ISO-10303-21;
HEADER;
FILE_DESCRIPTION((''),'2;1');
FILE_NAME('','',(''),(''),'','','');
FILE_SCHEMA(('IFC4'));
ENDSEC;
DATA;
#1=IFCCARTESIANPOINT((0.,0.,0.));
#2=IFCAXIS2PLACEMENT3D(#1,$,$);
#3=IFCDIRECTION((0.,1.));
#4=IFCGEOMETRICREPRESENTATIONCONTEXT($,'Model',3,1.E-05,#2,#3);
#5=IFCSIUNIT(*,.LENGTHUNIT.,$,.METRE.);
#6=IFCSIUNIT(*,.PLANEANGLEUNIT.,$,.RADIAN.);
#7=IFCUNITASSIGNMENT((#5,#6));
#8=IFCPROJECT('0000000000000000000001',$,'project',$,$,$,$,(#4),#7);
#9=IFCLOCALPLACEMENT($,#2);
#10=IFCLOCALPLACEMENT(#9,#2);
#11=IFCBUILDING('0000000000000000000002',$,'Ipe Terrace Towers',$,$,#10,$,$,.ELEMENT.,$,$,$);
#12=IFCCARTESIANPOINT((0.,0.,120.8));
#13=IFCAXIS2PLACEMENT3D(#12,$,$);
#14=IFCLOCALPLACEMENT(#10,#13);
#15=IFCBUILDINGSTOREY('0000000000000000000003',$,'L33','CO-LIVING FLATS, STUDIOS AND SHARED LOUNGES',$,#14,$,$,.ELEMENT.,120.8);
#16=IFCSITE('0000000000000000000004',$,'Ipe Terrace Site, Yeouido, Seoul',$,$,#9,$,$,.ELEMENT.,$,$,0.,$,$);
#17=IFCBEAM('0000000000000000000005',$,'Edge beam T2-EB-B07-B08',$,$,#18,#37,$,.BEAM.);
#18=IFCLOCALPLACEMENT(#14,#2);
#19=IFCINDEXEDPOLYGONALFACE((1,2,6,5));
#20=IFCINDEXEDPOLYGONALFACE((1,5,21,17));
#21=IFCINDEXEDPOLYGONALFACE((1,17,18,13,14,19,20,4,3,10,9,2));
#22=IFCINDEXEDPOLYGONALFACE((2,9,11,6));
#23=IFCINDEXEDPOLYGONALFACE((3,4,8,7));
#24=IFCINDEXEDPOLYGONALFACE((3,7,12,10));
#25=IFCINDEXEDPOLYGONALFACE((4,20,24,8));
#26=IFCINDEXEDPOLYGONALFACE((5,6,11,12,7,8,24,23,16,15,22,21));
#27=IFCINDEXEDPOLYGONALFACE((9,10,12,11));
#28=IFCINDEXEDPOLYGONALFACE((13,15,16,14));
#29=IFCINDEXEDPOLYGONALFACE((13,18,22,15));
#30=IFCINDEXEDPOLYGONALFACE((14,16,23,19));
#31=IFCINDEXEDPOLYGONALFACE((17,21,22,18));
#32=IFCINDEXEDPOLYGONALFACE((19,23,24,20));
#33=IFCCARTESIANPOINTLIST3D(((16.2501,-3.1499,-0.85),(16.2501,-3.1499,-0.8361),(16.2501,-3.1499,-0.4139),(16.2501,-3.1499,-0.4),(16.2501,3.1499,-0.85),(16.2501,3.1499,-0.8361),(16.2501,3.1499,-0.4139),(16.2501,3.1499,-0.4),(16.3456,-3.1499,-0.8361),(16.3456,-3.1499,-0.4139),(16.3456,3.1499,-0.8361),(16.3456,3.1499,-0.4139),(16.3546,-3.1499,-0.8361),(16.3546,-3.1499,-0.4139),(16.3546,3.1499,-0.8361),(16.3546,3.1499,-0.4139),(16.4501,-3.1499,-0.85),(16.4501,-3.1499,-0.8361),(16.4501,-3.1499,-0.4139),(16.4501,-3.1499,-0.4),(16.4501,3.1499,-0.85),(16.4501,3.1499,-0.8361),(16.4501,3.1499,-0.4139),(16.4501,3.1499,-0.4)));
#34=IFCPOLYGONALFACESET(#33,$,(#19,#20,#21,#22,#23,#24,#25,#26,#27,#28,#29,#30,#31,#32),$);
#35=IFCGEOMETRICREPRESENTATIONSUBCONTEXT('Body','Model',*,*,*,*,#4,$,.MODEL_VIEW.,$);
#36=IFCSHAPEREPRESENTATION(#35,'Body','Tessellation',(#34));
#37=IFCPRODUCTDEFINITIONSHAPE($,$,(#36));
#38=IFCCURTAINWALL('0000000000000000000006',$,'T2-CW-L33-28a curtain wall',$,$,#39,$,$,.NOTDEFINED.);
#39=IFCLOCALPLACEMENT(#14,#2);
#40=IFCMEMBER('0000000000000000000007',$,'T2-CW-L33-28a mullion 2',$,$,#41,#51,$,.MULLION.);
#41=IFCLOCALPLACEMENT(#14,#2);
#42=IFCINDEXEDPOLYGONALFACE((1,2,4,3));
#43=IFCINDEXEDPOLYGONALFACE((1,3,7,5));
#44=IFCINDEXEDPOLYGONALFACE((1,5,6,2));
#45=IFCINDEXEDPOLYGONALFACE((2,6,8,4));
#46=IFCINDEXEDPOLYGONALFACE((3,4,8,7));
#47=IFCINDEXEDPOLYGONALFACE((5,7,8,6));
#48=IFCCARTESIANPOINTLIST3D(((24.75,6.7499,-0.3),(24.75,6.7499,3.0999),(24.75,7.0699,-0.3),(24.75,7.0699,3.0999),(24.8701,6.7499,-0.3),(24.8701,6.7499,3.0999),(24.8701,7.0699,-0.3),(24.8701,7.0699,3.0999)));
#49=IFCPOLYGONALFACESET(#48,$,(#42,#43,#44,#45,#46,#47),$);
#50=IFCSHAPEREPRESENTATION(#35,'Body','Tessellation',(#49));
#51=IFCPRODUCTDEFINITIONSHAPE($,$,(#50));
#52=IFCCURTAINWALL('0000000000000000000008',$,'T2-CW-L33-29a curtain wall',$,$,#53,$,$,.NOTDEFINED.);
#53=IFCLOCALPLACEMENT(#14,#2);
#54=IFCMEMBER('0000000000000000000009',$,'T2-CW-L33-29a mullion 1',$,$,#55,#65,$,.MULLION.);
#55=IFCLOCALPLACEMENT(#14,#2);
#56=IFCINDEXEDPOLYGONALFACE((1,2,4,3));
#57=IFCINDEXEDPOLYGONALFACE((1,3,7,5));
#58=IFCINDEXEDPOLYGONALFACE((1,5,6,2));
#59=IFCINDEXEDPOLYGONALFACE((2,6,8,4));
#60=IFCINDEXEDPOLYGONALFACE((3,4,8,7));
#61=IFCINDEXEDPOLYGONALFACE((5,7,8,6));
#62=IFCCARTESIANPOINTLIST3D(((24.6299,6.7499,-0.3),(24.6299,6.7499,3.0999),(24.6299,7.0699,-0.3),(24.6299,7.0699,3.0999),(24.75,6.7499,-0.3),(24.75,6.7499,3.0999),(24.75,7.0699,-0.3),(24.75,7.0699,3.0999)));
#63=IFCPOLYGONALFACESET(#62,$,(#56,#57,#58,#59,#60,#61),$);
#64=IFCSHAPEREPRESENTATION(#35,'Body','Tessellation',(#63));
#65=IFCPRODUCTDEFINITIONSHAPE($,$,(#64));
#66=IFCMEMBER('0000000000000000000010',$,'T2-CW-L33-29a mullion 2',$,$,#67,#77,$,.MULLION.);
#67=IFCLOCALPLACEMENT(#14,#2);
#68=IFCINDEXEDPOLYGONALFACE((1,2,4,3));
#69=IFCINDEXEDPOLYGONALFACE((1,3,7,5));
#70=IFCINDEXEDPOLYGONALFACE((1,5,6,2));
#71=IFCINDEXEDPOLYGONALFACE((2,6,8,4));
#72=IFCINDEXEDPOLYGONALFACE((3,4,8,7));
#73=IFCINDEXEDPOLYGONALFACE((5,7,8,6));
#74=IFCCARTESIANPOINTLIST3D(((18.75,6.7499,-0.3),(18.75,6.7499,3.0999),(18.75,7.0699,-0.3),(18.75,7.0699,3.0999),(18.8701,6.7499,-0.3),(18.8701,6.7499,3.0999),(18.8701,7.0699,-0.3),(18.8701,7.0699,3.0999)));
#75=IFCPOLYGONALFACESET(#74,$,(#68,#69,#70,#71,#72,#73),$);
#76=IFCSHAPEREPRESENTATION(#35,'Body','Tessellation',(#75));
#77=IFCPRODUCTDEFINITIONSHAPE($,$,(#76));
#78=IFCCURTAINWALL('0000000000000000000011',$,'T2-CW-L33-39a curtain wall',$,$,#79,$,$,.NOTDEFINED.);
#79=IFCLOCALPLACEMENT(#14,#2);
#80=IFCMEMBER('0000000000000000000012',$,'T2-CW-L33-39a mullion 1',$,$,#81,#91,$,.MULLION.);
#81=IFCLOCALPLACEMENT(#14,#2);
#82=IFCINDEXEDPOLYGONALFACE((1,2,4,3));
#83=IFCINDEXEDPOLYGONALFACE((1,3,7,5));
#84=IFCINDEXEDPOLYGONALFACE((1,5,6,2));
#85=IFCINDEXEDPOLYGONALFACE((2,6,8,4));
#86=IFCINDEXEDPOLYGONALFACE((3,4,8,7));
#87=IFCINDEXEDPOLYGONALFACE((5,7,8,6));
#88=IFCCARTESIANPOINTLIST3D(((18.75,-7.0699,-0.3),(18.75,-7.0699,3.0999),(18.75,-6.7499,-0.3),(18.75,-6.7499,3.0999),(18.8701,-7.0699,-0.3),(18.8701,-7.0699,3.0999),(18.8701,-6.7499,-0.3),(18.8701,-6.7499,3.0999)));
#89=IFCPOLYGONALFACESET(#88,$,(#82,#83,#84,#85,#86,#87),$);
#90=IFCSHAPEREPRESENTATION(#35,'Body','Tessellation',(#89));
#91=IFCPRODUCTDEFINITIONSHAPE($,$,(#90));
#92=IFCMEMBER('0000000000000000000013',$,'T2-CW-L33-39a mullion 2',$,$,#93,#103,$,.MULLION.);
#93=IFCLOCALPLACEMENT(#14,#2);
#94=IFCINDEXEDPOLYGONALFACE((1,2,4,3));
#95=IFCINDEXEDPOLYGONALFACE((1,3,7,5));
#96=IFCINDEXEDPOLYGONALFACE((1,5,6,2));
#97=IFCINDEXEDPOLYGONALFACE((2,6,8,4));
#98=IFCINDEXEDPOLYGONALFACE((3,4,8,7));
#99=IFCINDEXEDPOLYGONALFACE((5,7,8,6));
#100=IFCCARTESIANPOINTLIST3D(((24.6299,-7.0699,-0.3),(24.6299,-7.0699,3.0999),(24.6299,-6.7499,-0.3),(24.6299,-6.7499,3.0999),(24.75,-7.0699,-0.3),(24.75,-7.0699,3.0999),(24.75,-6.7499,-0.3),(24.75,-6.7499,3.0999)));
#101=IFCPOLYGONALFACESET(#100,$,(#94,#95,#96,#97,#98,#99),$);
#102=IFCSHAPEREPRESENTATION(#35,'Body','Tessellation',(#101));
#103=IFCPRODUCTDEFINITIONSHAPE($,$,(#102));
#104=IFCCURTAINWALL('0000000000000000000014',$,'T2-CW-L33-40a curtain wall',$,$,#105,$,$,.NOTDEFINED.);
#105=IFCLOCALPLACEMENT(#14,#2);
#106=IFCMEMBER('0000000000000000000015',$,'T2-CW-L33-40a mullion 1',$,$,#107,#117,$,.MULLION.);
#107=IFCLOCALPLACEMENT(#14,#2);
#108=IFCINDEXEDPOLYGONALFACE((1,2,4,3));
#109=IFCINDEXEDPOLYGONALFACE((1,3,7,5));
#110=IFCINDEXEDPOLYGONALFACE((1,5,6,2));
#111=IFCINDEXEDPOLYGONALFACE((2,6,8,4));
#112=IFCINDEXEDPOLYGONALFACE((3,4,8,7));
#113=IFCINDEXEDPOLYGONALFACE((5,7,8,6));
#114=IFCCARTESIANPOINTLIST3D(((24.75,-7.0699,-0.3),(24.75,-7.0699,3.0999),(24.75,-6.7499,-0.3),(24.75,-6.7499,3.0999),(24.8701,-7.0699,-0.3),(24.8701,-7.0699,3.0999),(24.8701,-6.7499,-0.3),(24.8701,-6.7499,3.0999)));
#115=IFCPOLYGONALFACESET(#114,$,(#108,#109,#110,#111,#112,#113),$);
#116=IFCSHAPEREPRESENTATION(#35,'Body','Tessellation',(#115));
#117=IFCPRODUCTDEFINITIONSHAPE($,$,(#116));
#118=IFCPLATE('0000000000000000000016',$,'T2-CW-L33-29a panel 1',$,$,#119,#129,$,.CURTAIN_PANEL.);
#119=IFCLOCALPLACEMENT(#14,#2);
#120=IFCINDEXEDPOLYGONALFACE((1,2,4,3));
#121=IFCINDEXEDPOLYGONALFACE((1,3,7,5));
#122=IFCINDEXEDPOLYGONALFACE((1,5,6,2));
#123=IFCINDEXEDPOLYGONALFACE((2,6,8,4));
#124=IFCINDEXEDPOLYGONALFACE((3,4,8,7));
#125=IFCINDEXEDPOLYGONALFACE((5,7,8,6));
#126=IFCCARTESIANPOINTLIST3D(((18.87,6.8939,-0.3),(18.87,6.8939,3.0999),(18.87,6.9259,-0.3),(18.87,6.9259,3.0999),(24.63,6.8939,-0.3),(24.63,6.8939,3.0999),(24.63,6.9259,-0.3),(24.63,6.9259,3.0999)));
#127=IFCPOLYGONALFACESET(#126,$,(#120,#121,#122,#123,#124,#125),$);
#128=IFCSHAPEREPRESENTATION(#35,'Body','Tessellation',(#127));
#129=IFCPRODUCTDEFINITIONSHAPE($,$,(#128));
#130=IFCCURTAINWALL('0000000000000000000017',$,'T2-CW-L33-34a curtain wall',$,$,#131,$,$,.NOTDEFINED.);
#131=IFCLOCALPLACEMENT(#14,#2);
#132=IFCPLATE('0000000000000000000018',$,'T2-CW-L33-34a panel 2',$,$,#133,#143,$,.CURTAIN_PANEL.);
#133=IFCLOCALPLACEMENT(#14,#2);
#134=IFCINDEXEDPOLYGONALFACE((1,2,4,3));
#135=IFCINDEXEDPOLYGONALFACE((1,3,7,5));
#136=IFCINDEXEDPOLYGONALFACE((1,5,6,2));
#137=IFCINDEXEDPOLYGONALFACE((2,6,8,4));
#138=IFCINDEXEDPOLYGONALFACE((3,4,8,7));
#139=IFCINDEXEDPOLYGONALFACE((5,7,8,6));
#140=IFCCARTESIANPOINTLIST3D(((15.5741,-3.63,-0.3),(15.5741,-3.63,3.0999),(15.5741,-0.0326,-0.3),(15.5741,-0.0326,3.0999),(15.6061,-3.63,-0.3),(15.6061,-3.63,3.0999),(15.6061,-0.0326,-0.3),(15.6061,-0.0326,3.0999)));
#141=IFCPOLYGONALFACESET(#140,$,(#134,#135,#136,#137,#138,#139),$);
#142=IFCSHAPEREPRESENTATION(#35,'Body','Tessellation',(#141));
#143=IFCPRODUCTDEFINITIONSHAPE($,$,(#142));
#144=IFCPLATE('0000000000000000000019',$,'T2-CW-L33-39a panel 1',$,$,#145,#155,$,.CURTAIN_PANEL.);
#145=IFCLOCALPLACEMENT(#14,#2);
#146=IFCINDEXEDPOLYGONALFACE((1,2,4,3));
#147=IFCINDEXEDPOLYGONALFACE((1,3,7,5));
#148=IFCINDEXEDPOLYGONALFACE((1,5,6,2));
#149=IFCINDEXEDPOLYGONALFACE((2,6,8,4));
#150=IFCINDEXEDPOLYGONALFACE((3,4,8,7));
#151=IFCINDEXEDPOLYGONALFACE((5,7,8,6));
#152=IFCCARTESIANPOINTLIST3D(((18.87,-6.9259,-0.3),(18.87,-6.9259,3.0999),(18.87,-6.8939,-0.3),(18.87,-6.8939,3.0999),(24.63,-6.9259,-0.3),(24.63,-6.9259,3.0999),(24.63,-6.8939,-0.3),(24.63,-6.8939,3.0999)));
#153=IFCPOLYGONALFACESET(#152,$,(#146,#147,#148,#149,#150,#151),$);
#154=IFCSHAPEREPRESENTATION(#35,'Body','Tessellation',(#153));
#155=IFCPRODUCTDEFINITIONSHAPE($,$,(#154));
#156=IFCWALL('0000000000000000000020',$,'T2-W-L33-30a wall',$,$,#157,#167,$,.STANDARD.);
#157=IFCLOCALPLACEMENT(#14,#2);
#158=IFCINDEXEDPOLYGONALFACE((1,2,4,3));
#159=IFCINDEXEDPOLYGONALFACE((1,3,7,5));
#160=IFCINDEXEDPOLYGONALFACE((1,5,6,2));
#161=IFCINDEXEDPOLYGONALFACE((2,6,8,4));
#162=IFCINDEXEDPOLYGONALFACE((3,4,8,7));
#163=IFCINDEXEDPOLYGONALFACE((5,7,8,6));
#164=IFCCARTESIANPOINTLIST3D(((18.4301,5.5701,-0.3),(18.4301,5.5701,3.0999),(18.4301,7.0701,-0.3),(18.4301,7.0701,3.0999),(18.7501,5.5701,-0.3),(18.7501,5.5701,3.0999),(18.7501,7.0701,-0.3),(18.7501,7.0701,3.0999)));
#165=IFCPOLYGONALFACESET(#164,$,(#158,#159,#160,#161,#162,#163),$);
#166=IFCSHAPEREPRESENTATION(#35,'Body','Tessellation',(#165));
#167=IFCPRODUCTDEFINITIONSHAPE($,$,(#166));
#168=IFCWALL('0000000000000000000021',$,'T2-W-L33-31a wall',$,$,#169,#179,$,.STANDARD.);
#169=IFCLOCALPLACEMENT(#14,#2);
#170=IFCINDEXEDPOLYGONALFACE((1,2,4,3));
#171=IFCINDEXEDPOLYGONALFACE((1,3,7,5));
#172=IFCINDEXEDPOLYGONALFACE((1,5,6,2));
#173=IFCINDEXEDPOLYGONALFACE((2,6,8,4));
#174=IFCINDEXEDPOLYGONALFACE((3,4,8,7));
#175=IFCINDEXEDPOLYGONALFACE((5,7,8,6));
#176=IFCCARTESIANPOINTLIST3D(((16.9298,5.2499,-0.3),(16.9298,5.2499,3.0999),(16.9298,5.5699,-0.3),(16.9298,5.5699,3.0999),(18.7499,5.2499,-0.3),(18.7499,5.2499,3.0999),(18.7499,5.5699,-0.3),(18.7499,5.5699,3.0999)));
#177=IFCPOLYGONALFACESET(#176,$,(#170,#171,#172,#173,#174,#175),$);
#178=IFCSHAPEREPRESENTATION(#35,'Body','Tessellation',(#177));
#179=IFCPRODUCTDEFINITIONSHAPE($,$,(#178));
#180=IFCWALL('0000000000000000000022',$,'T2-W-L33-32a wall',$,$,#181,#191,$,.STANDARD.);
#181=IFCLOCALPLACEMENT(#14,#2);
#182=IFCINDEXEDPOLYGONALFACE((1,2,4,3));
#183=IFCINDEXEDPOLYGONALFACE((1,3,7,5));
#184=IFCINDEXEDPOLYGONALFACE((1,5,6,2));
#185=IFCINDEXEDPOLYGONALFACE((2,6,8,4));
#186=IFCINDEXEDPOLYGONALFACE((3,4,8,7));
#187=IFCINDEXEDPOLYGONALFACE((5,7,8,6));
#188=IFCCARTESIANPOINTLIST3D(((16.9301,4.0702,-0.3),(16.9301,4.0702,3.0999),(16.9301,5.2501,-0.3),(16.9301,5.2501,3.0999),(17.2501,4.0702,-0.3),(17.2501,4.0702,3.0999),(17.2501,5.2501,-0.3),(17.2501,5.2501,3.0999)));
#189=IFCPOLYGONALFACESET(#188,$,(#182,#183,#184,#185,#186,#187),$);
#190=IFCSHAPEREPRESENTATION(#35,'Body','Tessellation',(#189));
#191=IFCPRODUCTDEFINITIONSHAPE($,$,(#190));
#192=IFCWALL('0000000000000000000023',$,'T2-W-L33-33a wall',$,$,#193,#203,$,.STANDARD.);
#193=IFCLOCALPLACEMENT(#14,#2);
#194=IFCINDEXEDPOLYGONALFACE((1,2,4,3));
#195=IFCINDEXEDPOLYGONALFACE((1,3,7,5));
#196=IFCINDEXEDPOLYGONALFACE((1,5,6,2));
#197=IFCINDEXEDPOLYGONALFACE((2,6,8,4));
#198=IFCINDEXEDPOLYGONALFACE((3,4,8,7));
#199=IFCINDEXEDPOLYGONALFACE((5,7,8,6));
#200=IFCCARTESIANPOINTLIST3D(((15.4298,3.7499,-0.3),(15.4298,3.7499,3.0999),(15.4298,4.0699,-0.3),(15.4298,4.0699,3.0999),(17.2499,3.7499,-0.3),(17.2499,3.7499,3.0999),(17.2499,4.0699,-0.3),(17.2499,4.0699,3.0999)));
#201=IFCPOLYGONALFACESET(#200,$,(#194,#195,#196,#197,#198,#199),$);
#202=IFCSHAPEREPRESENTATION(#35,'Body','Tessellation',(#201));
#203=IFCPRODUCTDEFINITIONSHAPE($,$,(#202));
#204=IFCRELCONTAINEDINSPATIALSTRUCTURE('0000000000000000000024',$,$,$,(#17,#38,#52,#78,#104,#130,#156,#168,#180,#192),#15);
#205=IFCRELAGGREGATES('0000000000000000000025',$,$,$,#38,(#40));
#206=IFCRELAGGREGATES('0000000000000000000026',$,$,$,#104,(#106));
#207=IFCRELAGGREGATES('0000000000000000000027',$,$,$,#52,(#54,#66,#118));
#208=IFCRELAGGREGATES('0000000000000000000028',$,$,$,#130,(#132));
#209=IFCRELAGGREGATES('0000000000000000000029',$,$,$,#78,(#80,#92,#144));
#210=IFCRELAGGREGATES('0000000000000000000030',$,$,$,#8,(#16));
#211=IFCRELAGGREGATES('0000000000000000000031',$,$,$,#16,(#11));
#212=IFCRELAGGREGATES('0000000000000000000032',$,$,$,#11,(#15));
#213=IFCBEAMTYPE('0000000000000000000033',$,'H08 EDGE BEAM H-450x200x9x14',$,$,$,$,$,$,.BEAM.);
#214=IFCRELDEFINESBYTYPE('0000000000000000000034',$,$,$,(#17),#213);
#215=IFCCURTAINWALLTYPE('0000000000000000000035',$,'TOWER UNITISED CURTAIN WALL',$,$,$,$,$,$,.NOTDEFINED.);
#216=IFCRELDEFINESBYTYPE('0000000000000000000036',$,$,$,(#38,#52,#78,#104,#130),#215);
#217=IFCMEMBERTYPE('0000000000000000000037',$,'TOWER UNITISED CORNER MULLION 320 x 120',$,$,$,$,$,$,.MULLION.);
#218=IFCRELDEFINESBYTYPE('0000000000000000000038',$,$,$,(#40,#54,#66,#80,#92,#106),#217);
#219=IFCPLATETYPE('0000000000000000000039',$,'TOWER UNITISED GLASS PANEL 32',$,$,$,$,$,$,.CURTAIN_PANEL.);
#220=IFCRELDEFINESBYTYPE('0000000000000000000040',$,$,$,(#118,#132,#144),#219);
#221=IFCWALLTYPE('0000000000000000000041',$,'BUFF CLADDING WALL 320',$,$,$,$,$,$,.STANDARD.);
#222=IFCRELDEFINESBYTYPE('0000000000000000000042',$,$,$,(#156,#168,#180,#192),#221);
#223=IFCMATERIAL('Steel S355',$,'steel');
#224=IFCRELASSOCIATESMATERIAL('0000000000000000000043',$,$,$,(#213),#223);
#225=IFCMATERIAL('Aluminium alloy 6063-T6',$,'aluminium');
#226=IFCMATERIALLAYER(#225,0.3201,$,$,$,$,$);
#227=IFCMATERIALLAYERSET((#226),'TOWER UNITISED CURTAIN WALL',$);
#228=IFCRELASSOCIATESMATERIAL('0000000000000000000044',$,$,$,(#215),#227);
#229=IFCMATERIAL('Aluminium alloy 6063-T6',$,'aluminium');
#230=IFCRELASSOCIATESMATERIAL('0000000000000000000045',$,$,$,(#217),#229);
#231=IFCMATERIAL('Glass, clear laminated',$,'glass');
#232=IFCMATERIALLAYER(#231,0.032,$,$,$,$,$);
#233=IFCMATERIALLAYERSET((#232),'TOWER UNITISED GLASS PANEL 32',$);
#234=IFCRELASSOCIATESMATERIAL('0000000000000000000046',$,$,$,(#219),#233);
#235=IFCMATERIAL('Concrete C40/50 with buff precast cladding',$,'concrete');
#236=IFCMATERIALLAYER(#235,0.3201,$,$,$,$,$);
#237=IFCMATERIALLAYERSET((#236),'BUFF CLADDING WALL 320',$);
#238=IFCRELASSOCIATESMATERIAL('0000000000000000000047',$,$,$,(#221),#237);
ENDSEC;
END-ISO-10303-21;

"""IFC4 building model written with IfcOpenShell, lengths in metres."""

from ifc_helpers import new_model, si_unit, direction, frame, frame_2d, origin, origin_2d, place, context, subcontext, project, spatial, rectangle, i_section, extrude, material, layer, layer_set, material_profile, profile_set, type_object, element, aggregate, save


model = new_model("IFC4")

# Units and contexts
model_context = context("Model", 3, precision=1e-05, world=origin(), true_north=direction((0.0, 1.0)))
body_context = subcontext(model_context, "Body", "Model", "MODEL_VIEW")
ifc_project = project(units=[si_unit("LENGTHUNIT", "METRE"), si_unit("PLANEANGLEUNIT", "RADIAN")], contexts=[model_context])

# Site, building, storey
site_placement = place(None, origin())
site = spatial("IfcSite", under=ifc_project, at=site_placement, Name="Ipe Terrace Site, Yeouido, Seoul", CompositionType="ELEMENT", RefElevation=0.0)
building_placement = place(site_placement, origin())
building = spatial("IfcBuilding", under=site, at=building_placement, Name="Ipe Terrace Towers", CompositionType="ELEMENT")
storey_placement = place(building_placement, frame((0.0, 0.0, 120.8)))
storey = spatial("IfcBuildingStorey", under=building, at=storey_placement, Name="L33", Description="CO-LIVING FLATS, STUDIOS AND SHARED LOUNGES", CompositionType="ELEMENT", Elevation=120.8)

# Beam
ifc_material_1 = material(Name="Steel S355", Category="steel")
ifc_material_profile_1 = material_profile(ifc_material_1, i_section(OverallWidth=0.2, OverallDepth=0.45, WebThickness=0.009, FlangeThickness=0.0139, at=origin_2d()), Name="H-450x200x9x14")
ifc_profile_set_1 = profile_set([ifc_material_profile_1], Name="Steel S355")
beam_type_1 = type_object("IfcBeamType", Name="H08 EDGE BEAM H-450x200x9x14", PredefinedType="BEAM", material=ifc_profile_set_1)
beam_placement = place(storey_placement, frame((16.3501, 3.1499, -0.625), z_axis=(0.0, -1.0, 0.0), x_axis=(1.0, 0.0, 0.0)))
element("IfcBeam", 1, at=beam_placement, inside=storey, type_object=beam_type_1, Name="Edge beam T2-EB-B07-B08", PredefinedType="BEAM", context=body_context, shape_type="SweptSolid", body=[
    extrude(i_section(OverallWidth=0.2, OverallDepth=0.45, WebThickness=0.009, FlangeThickness=0.0139, at=origin_2d()), origin(), (0.0, 0.0, 1.0), 6.2998),
])

# Curtain wall, member
ifc_material_2 = material(Name="Aluminium alloy 6063-T6", Category="aluminium")
ifc_layer_1 = layer(ifc_material_2, 0.3201)
ifc_layer_set_1 = layer_set([ifc_layer_1], Name="TOWER UNITISED CURTAIN WALL")
curtain_wall_type = type_object("IfcCurtainWallType", Name="TOWER UNITISED CURTAIN WALL", PredefinedType="NOTDEFINED", material=ifc_layer_set_1)
curtain_wall_1_placement = place(storey_placement, origin())
curtain_wall_1 = element("IfcCurtainWall", 2, at=curtain_wall_1_placement, inside=storey, type_object=curtain_wall_type, Name="T2-CW-L33-28a curtain wall", PredefinedType="NOTDEFINED")
ifc_material_3 = material(Name="Aluminium alloy 6063-T6", Category="aluminium")
ifc_material_profile_2 = material_profile(ifc_material_3, rectangle(XDim=0.3201, YDim=0.1201, at=origin_2d()), Name="TOWER UNITISED CORNER MULLION 320 x 120")
ifc_profile_set_2 = profile_set([ifc_material_profile_2], Name="Aluminium alloy 6063-T6")
member_type = type_object("IfcMemberType", Name="TOWER UNITISED CORNER MULLION 320 x 120", PredefinedType="MULLION", material=ifc_profile_set_2)
member_1_placement = place(storey_placement, frame((24.8101, 6.9099, -0.3), z_axis=(0.0, 0.0, 1.0), x_axis=(0.0, 1.0, 0.0)))
member_1 = element("IfcMember", 3, at=member_1_placement, type_object=member_type, Name="T2-CW-L33-28a mullion 2", PredefinedType="MULLION", context=body_context, shape_type="SweptSolid", body=[
    extrude(rectangle(XDim=0.3201, YDim=0.1201, at=origin_2d()), origin(), (0.0, 0.0, 1.0), 3.3999),
])
aggregate(curtain_wall_1, [member_1])

# Curtain walls, members
curtain_wall_2_placement = place(storey_placement, origin())
curtain_wall_2 = element("IfcCurtainWall", 4, at=curtain_wall_2_placement, inside=storey, type_object=curtain_wall_type, Name="T2-CW-L33-29a curtain wall", PredefinedType="NOTDEFINED")
member_2_placement = place(storey_placement, frame((24.6899, 6.9099, -0.3), z_axis=(0.0, 0.0, 1.0), x_axis=(0.0, 1.0, 0.0)))
member_2 = element("IfcMember", 5, at=member_2_placement, type_object=member_type, Name="T2-CW-L33-29a mullion 1", PredefinedType="MULLION", context=body_context, shape_type="SweptSolid", body=[
    extrude(rectangle(XDim=0.3201, YDim=0.1201, at=origin_2d()), origin(), (0.0, 0.0, 1.0), 3.3999),
])
member_3_placement = place(storey_placement, frame((18.8101, 6.9099, -0.3), z_axis=(0.0, 0.0, 1.0), x_axis=(0.0, 1.0, 0.0)))
member_3 = element("IfcMember", 6, at=member_3_placement, type_object=member_type, Name="T2-CW-L33-29a mullion 2", PredefinedType="MULLION", context=body_context, shape_type="SweptSolid", body=[
    extrude(rectangle(XDim=0.3201, YDim=0.1201, at=origin_2d()), origin(), (0.0, 0.0, 1.0), 3.3999),
])
curtain_wall_3_placement = place(storey_placement, origin())
curtain_wall_3 = element("IfcCurtainWall", 7, at=curtain_wall_3_placement, inside=storey, type_object=curtain_wall_type, Name="T2-CW-L33-39a curtain wall", PredefinedType="NOTDEFINED")
member_4_placement = place(storey_placement, frame((18.8101, -6.9099, -0.3), z_axis=(0.0, 0.0, 1.0), x_axis=(0.0, -1.0, 0.0)))
member_4 = element("IfcMember", 8, at=member_4_placement, type_object=member_type, Name="T2-CW-L33-39a mullion 1", PredefinedType="MULLION", context=body_context, shape_type="SweptSolid", body=[
    extrude(rectangle(XDim=0.3201, YDim=0.1201, at=origin_2d()), origin(), (0.0, 0.0, 1.0), 3.3999),
])
member_5_placement = place(storey_placement, frame((24.6899, -6.9099, -0.3), z_axis=(0.0, 0.0, 1.0), x_axis=(0.0, -1.0, 0.0)))
member_5 = element("IfcMember", 9, at=member_5_placement, type_object=member_type, Name="T2-CW-L33-39a mullion 2", PredefinedType="MULLION", context=body_context, shape_type="SweptSolid", body=[
    extrude(rectangle(XDim=0.3201, YDim=0.1201, at=origin_2d()), origin(), (0.0, 0.0, 1.0), 3.3999),
])

# Curtain wall, member
curtain_wall_4_placement = place(storey_placement, origin())
curtain_wall_4 = element("IfcCurtainWall", 10, at=curtain_wall_4_placement, inside=storey, type_object=curtain_wall_type, Name="T2-CW-L33-40a curtain wall", PredefinedType="NOTDEFINED")
member_6_placement = place(storey_placement, frame((24.8101, -6.9099, -0.3), z_axis=(0.0, 0.0, 1.0), x_axis=(0.0, -1.0, 0.0)))
member_6 = element("IfcMember", 11, at=member_6_placement, type_object=member_type, Name="T2-CW-L33-40a mullion 1", PredefinedType="MULLION", context=body_context, shape_type="SweptSolid", body=[
    extrude(rectangle(XDim=0.3201, YDim=0.1201, at=origin_2d()), origin(), (0.0, 0.0, 1.0), 3.3999),
])
aggregate(curtain_wall_4, [member_6])

# Plate
ifc_material_4 = material(Name="Glass, clear laminated", Category="glass")
ifc_layer_2 = layer(ifc_material_4, 0.032)
ifc_layer_set_2 = layer_set([ifc_layer_2], Name="TOWER UNITISED GLASS PANEL 32")
plate_type = type_object("IfcPlateType", Name="TOWER UNITISED GLASS PANEL 32", PredefinedType="CURTAIN_PANEL", material=ifc_layer_set_2)
plate_1_placement = place(storey_placement, frame((21.75, 6.9099, -0.3), z_axis=(0.0, 0.0, 1.0), x_axis=(-1.0, 0.0, 0.0)))
plate_1 = element("IfcPlate", 12, at=plate_1_placement, type_object=plate_type, Name="T2-CW-L33-29a panel 1", PredefinedType="CURTAIN_PANEL", context=body_context, shape_type="SweptSolid", body=[
    extrude(rectangle(XDim=5.76, YDim=0.032, at=origin_2d()), origin(), (0.0, 0.0, 1.0), 3.3999),
])
aggregate(curtain_wall_2, [member_2, member_3, plate_1])

# Curtain wall, plate
curtain_wall_5_placement = place(storey_placement, origin())
curtain_wall_5 = element("IfcCurtainWall", 13, at=curtain_wall_5_placement, inside=storey, type_object=curtain_wall_type, Name="T2-CW-L33-34a curtain wall", PredefinedType="NOTDEFINED")
plate_2_placement = place(storey_placement, frame((15.5901, -1.8313, -0.3), z_axis=(0.0, 0.0, 1.0), x_axis=(0.0, -1.0, 0.0)))
plate_2 = element("IfcPlate", 14, at=plate_2_placement, type_object=plate_type, Name="T2-CW-L33-34a panel 2", PredefinedType="CURTAIN_PANEL", context=body_context, shape_type="SweptSolid", body=[
    extrude(rectangle(XDim=3.5974, YDim=0.032, at=origin_2d()), origin(), (0.0, 0.0, 1.0), 3.3999),
])
aggregate(curtain_wall_5, [plate_2])

# Plate
plate_3_placement = place(storey_placement, frame((21.75, -6.9099, -0.3), z_axis=(0.0, 0.0, 1.0), x_axis=(1.0, 0.0, 0.0)))
plate_3 = element("IfcPlate", 15, at=plate_3_placement, type_object=plate_type, Name="T2-CW-L33-39a panel 1", PredefinedType="CURTAIN_PANEL", context=body_context, shape_type="SweptSolid", body=[
    extrude(rectangle(XDim=5.76, YDim=0.032, at=origin_2d()), origin(), (0.0, 0.0, 1.0), 3.3999),
])
aggregate(curtain_wall_3, [member_4, member_5, plate_3])

# Walls
ifc_material_5 = material(Name="Concrete C40/50 with buff precast cladding", Category="concrete")
ifc_layer_3 = layer(ifc_material_5, 0.3201)
ifc_layer_set_3 = layer_set([ifc_layer_3], Name="BUFF CLADDING WALL 320")
wall_type_1 = type_object("IfcWallType", Name="BUFF CLADDING WALL 320", PredefinedType="STANDARD", material=ifc_layer_set_3)
wall_1_placement = place(storey_placement, frame((18.5901, 7.0701, -0.3), z_axis=(0.0, 0.0, 1.0), x_axis=(0.0, -1.0, 0.0)))
element("IfcWall", 16, at=wall_1_placement, inside=storey, type_object=wall_type_1, Name="T2-W-L33-30a wall", PredefinedType="STANDARD", context=body_context, shape_type="SweptSolid", body=[
    extrude(rectangle(XDim=1.5, YDim=0.3201, at=frame_2d((0.75, 0.0))), origin(), (0.0, 0.0, 1.0), 3.3999),
])
wall_2_placement = place(storey_placement, frame((18.75, 5.4099, -0.3), z_axis=(0.0, 0.0, 1.0), x_axis=(-1.0, 0.0, 0.0)))
element("IfcWall", 17, at=wall_2_placement, inside=storey, type_object=wall_type_1, Name="T2-W-L33-31a wall", PredefinedType="STANDARD", context=body_context, shape_type="SweptSolid", body=[
    extrude(rectangle(XDim=1.8201, YDim=0.3201, at=frame_2d((0.9102, 0.0))), origin(), (0.0, 0.0, 1.0), 3.3999),
])
wall_3_placement = place(storey_placement, frame((17.0901, 5.25, -0.3), z_axis=(0.0, 0.0, 1.0), x_axis=(0.0, -1.0, 0.0)))
element("IfcWall", 18, at=wall_3_placement, inside=storey, type_object=wall_type_1, Name="T2-W-L33-32a wall", PredefinedType="STANDARD", context=body_context, shape_type="SweptSolid", body=[
    extrude(rectangle(XDim=1.1799, YDim=0.3201, at=frame_2d((0.5898, 0.0))), origin(), (0.0, 0.0, 1.0), 3.3999),
])
for number, where, z_axis, x_axis, name in (
    (19, (17.25, 3.9099, -0.3), (0.0, 0.0, 1.0), (-1.0, 0.0, 0.0), "T2-W-L33-33a wall"),
):
    element("IfcWall", number, at=place(storey_placement, frame(where, z_axis=z_axis, x_axis=x_axis)), inside=storey, type_object=wall_type_1, Name=name, PredefinedType="STANDARD", context=body_context, shape_type="SweptSolid", body=[
        extrude(rectangle(XDim=1.8201, YDim=0.3201, at=frame_2d((0.9102, 0.0))), origin(), (0.0, 0.0, 1.0), 3.3999),
    ])

save(model, "model.ifc")
